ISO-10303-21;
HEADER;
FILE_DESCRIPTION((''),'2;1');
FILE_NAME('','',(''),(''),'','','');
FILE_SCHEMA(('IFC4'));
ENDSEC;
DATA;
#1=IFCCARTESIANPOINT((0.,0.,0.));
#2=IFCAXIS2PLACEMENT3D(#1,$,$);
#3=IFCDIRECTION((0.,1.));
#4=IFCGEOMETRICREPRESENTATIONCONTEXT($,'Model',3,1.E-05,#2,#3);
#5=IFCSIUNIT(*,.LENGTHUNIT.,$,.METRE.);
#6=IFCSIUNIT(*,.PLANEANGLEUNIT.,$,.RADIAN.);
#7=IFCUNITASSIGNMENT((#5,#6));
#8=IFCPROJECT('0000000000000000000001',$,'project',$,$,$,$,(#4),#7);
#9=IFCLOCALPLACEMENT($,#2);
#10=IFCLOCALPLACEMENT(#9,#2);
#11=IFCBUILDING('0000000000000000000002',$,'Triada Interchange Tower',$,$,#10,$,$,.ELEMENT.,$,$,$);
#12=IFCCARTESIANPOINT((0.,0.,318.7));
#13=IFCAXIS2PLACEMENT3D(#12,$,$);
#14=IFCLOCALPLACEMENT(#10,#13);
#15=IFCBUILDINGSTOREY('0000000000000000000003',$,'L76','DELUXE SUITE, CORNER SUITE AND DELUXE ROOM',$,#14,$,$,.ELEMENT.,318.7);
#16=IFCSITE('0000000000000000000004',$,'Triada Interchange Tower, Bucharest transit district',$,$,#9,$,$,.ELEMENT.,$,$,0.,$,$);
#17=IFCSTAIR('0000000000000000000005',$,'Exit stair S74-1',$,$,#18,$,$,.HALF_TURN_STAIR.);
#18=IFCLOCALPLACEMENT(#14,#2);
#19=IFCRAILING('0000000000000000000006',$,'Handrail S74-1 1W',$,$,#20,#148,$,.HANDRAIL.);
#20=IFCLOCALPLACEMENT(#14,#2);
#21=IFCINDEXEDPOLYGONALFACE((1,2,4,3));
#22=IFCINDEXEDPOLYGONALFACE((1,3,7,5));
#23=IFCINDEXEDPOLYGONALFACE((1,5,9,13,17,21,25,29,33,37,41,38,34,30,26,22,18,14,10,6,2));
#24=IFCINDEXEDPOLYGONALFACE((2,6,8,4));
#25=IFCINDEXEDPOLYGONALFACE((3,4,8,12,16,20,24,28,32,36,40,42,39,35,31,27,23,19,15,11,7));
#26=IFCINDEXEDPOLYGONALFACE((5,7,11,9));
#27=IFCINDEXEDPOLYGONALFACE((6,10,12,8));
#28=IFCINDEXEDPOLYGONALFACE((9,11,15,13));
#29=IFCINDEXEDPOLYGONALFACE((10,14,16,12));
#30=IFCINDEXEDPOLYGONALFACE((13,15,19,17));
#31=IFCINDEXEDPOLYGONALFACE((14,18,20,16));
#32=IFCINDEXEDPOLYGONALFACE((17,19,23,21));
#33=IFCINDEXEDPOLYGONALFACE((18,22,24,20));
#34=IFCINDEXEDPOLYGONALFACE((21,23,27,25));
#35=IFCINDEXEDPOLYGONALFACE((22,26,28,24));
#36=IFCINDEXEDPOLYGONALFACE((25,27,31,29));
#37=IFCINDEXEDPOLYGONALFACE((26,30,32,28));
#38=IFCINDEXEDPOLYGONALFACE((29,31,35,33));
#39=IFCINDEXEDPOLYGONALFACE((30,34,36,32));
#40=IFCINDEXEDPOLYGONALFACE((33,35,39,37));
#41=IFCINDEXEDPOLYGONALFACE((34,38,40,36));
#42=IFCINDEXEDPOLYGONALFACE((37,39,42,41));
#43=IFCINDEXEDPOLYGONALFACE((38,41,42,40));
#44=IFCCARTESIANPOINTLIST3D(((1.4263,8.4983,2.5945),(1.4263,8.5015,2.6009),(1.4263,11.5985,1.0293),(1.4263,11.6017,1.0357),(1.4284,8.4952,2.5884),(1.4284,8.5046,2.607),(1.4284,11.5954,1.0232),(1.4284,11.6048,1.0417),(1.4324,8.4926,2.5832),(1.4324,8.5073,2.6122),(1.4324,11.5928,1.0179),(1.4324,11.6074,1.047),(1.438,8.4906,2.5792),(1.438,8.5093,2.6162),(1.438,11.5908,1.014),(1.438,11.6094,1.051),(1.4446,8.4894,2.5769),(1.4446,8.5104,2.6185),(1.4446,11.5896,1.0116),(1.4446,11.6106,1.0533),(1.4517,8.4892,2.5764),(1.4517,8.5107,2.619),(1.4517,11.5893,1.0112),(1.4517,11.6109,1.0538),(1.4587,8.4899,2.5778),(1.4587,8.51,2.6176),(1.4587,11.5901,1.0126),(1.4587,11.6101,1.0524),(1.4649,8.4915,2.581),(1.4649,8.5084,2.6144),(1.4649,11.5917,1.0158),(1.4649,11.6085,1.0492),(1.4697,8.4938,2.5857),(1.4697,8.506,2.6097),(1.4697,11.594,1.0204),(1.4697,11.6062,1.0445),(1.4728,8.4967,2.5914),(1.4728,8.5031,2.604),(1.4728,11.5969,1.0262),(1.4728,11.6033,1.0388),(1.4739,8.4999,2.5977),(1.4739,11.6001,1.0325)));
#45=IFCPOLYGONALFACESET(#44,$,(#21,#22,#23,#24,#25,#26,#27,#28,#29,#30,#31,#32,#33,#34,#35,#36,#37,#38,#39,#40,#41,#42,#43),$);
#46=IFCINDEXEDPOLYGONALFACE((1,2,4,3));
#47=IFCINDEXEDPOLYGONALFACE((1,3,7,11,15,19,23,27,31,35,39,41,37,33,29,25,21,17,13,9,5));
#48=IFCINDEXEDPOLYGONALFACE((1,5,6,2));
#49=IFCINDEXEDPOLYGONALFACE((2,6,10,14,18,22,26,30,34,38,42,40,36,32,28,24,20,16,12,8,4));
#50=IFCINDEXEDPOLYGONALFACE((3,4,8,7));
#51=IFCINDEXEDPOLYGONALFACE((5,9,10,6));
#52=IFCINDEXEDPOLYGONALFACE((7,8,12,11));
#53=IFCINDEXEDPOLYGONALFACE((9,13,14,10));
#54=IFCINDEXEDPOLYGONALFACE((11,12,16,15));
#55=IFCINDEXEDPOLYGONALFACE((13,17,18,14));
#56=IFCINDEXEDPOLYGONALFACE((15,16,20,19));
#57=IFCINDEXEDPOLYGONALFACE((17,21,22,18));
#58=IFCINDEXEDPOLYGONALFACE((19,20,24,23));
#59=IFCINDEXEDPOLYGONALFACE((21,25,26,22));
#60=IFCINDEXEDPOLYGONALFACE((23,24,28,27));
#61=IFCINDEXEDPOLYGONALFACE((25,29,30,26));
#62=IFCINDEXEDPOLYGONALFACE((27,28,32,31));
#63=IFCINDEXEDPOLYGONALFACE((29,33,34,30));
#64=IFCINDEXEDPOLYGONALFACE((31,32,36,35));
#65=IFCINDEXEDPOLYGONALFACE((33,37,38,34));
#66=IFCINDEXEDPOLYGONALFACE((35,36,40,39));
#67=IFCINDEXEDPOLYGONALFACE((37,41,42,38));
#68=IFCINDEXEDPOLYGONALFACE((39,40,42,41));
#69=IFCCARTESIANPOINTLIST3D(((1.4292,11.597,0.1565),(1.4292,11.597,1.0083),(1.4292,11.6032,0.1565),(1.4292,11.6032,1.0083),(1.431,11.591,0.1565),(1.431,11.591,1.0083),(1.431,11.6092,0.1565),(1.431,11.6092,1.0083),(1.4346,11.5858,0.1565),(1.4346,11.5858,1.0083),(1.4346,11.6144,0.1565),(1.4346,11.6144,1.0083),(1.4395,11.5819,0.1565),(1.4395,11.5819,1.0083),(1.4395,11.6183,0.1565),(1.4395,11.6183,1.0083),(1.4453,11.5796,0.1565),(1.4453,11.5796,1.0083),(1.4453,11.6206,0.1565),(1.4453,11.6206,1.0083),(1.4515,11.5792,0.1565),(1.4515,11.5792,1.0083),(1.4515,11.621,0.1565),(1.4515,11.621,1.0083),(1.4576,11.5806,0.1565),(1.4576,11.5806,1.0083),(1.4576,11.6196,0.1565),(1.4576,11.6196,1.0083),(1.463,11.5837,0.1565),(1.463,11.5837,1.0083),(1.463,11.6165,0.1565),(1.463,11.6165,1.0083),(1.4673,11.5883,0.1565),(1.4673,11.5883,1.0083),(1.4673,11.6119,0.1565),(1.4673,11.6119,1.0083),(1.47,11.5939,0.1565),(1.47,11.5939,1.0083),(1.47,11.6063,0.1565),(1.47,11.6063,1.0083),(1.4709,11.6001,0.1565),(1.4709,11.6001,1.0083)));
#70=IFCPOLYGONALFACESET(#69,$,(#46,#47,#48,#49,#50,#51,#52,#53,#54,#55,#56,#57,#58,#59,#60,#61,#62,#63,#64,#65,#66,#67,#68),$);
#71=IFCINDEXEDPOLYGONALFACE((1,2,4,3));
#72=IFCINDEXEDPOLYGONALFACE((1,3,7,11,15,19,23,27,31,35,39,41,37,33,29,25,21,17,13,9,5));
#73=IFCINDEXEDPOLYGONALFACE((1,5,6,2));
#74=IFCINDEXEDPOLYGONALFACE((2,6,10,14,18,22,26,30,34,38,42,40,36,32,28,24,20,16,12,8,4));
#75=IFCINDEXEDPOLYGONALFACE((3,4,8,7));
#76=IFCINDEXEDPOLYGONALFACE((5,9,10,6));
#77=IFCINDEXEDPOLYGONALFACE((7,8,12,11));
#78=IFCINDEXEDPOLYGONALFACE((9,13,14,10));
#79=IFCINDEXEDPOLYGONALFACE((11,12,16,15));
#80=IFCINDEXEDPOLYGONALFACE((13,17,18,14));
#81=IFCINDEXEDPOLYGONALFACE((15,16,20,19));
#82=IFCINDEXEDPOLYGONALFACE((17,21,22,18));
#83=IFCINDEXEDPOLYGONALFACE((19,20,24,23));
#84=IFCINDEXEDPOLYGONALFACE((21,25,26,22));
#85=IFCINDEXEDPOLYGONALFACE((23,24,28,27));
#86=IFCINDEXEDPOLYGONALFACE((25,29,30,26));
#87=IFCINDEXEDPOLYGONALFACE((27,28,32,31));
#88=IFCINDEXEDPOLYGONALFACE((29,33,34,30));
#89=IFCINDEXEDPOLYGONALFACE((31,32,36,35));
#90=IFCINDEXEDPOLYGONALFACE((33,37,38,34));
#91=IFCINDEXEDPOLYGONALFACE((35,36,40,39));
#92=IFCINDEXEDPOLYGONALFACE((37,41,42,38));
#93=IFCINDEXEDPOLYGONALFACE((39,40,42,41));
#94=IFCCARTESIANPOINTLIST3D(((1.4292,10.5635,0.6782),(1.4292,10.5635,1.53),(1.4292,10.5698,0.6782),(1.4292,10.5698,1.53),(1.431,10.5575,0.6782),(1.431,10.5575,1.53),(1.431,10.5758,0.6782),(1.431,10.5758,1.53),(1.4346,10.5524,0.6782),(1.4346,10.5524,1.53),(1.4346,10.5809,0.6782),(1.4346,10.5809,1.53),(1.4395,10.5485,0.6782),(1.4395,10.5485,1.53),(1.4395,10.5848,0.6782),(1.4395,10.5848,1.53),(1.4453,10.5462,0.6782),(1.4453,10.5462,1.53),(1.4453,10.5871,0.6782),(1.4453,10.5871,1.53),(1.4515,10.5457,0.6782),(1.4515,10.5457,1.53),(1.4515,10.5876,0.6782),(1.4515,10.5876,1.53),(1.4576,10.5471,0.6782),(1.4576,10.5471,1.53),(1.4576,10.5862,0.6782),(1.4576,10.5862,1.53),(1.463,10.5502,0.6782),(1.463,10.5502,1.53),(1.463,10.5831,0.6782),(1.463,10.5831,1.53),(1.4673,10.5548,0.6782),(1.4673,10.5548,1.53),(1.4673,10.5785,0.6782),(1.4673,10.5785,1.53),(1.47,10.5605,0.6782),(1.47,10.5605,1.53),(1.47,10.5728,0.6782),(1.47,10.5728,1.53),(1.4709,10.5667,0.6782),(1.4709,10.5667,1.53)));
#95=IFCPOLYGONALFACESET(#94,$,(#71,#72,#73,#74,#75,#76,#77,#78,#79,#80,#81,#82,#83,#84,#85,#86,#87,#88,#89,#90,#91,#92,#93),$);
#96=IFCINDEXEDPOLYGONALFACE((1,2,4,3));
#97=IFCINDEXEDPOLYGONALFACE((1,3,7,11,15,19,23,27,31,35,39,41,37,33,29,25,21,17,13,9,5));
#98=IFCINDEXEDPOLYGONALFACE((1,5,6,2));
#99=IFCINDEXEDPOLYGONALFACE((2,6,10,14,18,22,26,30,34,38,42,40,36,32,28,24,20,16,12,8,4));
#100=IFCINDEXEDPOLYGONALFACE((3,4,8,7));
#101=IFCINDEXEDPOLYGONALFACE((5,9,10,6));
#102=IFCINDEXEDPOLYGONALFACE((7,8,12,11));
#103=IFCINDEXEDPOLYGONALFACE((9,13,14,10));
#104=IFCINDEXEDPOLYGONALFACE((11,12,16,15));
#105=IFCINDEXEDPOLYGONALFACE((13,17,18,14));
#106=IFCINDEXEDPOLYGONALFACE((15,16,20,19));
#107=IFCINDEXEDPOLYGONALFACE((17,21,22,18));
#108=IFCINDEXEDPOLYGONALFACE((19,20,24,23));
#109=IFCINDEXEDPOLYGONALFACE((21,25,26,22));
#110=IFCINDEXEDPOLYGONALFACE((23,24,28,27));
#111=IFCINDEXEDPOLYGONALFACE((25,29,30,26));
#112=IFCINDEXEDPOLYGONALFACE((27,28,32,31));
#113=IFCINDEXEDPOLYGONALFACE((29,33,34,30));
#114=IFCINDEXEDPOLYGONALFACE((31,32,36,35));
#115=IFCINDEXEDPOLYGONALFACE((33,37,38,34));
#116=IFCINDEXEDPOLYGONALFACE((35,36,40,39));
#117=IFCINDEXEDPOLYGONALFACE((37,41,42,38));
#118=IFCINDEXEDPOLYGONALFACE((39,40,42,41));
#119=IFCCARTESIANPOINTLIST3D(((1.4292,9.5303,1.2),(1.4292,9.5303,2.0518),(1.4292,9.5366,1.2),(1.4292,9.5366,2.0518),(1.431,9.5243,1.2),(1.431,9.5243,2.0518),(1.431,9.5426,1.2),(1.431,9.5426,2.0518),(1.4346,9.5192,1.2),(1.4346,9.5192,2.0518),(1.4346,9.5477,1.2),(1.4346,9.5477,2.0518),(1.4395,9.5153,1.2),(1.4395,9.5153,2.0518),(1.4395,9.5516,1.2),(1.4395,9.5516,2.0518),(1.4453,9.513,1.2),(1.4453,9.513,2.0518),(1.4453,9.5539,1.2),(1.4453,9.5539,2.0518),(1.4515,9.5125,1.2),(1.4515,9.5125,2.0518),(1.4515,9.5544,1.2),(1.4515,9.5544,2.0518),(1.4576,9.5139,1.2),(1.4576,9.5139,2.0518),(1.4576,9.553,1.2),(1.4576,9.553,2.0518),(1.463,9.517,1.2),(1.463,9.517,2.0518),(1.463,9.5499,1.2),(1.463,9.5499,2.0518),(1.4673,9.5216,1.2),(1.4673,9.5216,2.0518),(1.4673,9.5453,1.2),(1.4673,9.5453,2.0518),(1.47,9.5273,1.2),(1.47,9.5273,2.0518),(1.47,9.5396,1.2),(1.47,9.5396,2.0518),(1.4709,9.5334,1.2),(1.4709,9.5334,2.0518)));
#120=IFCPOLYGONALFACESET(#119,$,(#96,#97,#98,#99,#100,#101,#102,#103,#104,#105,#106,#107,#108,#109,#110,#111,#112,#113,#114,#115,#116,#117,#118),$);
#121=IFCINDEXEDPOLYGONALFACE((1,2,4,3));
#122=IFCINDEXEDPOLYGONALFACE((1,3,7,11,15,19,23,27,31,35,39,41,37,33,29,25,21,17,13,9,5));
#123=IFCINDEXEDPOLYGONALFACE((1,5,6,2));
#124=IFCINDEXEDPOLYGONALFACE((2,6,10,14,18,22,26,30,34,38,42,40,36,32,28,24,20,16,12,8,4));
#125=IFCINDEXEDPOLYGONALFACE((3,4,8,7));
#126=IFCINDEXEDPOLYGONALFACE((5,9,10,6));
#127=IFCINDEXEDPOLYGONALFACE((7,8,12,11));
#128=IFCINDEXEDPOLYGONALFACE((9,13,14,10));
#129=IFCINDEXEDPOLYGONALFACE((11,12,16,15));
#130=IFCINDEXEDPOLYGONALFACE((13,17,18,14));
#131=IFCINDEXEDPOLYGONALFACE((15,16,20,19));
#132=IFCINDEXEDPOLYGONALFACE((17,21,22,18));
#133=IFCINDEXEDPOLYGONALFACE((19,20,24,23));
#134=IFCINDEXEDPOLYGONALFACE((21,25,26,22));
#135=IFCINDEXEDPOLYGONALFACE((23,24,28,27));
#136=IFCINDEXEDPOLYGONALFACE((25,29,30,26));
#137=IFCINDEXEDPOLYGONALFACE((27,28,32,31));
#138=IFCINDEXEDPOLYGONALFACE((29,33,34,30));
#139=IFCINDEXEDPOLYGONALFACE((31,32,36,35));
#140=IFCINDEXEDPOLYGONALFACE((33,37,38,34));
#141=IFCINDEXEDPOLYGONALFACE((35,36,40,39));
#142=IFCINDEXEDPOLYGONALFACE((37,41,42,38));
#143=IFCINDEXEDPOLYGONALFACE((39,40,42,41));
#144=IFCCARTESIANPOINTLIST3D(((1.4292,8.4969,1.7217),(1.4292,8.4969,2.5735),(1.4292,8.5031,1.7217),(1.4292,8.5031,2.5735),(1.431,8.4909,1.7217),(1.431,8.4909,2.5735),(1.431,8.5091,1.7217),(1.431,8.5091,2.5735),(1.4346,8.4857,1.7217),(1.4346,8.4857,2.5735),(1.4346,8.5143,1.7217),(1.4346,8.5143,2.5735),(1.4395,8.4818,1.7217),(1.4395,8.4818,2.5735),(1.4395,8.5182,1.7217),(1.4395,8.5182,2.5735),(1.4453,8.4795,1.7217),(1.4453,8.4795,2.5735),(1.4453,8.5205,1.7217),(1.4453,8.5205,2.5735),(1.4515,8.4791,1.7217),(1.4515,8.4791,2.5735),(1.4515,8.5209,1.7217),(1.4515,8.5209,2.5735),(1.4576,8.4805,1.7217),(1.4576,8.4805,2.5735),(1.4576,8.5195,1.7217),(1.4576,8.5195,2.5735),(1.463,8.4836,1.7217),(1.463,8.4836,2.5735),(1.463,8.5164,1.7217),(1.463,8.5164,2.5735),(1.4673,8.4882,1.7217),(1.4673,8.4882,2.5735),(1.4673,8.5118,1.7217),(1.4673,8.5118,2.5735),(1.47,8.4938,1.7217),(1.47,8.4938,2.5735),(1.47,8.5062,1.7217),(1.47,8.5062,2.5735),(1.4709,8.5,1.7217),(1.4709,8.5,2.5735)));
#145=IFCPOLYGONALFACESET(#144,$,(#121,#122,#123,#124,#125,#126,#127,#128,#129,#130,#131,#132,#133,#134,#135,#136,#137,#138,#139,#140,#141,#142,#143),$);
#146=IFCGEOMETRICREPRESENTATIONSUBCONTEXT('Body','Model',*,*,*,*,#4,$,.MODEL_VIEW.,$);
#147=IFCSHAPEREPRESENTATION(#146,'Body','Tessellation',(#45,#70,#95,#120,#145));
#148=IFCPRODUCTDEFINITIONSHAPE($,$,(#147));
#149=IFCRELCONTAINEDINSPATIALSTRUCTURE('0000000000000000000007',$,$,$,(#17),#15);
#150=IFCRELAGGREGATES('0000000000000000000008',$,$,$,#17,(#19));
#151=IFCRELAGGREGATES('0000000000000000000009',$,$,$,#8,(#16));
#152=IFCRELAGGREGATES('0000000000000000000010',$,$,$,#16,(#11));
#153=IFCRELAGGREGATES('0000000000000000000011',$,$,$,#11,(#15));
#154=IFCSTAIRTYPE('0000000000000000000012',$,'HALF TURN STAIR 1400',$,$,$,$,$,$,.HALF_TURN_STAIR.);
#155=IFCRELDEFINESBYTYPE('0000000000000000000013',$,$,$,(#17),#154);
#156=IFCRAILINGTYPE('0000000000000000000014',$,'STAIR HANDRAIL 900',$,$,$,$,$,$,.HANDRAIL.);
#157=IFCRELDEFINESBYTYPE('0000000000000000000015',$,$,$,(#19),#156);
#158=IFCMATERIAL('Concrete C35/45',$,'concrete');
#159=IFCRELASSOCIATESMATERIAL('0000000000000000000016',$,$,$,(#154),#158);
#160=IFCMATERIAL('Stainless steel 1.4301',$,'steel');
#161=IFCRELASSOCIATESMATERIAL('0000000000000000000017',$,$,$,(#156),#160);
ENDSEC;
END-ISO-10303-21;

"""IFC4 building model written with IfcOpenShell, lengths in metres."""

from ifc_helpers import new_model, si_unit, direction, frame, origin, origin_2d, place, context, subcontext, project, spatial, circle, extrude, material, type_object, element, aggregate, save


model = new_model("IFC4")

# Units and contexts
model_context = context("Model", 3, precision=1e-05, world=origin(), true_north=direction((0.0, 1.0)))
body_context = subcontext(model_context, "Body", "Model", "MODEL_VIEW")
ifc_project = project(units=[si_unit("LENGTHUNIT", "METRE"), si_unit("PLANEANGLEUNIT", "RADIAN")], contexts=[model_context])

# Site, building, storey
site_placement = place(None, origin())
site = spatial("IfcSite", under=ifc_project, at=site_placement, Name="Triada Interchange Tower, Bucharest transit district", CompositionType="ELEMENT", RefElevation=0.0)
building_placement = place(site_placement, origin())
building = spatial("IfcBuilding", under=site, at=building_placement, Name="Triada Interchange Tower", CompositionType="ELEMENT")
storey_placement = place(building_placement, frame((0.0, 0.0, 318.7)))
storey = spatial("IfcBuildingStorey", under=building, at=storey_placement, Name="L76", Description="DELUXE SUITE, CORNER SUITE AND DELUXE ROOM", CompositionType="ELEMENT", Elevation=318.7)

# Stair
ifc_material_1 = material(Name="Concrete C35/45", Category="concrete")
stair_type = type_object("IfcStairType", Name="HALF TURN STAIR 1400", PredefinedType="HALF_TURN_STAIR", material=ifc_material_1)
stair_placement = place(storey_placement, origin())
stair = element("IfcStair", 1, at=stair_placement, inside=storey, type_object=stair_type, Name="Exit stair S74-1", PredefinedType="HALF_TURN_STAIR")

# Railing
ifc_material_2 = material(Name="Stainless steel 1.4301", Category="steel")
railing_type = type_object("IfcRailingType", Name="STAIR HANDRAIL 900", PredefinedType="HANDRAIL", material=ifc_material_2)
railing_1_placement = place(storey_placement, frame((1.45, 11.6001, 0.1565)))
railing_1 = element("IfcRailing", 2, at=railing_1_placement, type_object=railing_type, Name="Handrail S74-1 1W", PredefinedType="HANDRAIL", context=body_context, shape_type="SweptSolid", body=[
    extrude(circle(Radius=0.0239, at=origin_2d()), frame((0.0, 0.0, 0.876), z_axis=(0.0, -0.892677, 0.450697), x_axis=(1.0, 0.0, 0.0)), (0.0, 0.0, 1.0), 3.4729),
    extrude(circle(Radius=0.021, at=origin_2d()), origin(), (0.0, 0.0, 1.0), 0.8518),
    extrude(circle(Radius=0.021, at=origin_2d()), frame((0.0, -1.0334, 0.5217)), (0.0, 0.0, 1.0), 0.8518),
    extrude(circle(Radius=0.021, at=origin_2d()), frame((0.0, -2.0667, 1.0435)), (0.0, 0.0, 1.0), 0.8518),
    extrude(circle(Radius=0.021, at=origin_2d()), frame((0.0, -3.1001, 1.5652)), (0.0, 0.0, 1.0), 0.8518),
])
aggregate(stair, [railing_1])

save(model, "model.ifc")
